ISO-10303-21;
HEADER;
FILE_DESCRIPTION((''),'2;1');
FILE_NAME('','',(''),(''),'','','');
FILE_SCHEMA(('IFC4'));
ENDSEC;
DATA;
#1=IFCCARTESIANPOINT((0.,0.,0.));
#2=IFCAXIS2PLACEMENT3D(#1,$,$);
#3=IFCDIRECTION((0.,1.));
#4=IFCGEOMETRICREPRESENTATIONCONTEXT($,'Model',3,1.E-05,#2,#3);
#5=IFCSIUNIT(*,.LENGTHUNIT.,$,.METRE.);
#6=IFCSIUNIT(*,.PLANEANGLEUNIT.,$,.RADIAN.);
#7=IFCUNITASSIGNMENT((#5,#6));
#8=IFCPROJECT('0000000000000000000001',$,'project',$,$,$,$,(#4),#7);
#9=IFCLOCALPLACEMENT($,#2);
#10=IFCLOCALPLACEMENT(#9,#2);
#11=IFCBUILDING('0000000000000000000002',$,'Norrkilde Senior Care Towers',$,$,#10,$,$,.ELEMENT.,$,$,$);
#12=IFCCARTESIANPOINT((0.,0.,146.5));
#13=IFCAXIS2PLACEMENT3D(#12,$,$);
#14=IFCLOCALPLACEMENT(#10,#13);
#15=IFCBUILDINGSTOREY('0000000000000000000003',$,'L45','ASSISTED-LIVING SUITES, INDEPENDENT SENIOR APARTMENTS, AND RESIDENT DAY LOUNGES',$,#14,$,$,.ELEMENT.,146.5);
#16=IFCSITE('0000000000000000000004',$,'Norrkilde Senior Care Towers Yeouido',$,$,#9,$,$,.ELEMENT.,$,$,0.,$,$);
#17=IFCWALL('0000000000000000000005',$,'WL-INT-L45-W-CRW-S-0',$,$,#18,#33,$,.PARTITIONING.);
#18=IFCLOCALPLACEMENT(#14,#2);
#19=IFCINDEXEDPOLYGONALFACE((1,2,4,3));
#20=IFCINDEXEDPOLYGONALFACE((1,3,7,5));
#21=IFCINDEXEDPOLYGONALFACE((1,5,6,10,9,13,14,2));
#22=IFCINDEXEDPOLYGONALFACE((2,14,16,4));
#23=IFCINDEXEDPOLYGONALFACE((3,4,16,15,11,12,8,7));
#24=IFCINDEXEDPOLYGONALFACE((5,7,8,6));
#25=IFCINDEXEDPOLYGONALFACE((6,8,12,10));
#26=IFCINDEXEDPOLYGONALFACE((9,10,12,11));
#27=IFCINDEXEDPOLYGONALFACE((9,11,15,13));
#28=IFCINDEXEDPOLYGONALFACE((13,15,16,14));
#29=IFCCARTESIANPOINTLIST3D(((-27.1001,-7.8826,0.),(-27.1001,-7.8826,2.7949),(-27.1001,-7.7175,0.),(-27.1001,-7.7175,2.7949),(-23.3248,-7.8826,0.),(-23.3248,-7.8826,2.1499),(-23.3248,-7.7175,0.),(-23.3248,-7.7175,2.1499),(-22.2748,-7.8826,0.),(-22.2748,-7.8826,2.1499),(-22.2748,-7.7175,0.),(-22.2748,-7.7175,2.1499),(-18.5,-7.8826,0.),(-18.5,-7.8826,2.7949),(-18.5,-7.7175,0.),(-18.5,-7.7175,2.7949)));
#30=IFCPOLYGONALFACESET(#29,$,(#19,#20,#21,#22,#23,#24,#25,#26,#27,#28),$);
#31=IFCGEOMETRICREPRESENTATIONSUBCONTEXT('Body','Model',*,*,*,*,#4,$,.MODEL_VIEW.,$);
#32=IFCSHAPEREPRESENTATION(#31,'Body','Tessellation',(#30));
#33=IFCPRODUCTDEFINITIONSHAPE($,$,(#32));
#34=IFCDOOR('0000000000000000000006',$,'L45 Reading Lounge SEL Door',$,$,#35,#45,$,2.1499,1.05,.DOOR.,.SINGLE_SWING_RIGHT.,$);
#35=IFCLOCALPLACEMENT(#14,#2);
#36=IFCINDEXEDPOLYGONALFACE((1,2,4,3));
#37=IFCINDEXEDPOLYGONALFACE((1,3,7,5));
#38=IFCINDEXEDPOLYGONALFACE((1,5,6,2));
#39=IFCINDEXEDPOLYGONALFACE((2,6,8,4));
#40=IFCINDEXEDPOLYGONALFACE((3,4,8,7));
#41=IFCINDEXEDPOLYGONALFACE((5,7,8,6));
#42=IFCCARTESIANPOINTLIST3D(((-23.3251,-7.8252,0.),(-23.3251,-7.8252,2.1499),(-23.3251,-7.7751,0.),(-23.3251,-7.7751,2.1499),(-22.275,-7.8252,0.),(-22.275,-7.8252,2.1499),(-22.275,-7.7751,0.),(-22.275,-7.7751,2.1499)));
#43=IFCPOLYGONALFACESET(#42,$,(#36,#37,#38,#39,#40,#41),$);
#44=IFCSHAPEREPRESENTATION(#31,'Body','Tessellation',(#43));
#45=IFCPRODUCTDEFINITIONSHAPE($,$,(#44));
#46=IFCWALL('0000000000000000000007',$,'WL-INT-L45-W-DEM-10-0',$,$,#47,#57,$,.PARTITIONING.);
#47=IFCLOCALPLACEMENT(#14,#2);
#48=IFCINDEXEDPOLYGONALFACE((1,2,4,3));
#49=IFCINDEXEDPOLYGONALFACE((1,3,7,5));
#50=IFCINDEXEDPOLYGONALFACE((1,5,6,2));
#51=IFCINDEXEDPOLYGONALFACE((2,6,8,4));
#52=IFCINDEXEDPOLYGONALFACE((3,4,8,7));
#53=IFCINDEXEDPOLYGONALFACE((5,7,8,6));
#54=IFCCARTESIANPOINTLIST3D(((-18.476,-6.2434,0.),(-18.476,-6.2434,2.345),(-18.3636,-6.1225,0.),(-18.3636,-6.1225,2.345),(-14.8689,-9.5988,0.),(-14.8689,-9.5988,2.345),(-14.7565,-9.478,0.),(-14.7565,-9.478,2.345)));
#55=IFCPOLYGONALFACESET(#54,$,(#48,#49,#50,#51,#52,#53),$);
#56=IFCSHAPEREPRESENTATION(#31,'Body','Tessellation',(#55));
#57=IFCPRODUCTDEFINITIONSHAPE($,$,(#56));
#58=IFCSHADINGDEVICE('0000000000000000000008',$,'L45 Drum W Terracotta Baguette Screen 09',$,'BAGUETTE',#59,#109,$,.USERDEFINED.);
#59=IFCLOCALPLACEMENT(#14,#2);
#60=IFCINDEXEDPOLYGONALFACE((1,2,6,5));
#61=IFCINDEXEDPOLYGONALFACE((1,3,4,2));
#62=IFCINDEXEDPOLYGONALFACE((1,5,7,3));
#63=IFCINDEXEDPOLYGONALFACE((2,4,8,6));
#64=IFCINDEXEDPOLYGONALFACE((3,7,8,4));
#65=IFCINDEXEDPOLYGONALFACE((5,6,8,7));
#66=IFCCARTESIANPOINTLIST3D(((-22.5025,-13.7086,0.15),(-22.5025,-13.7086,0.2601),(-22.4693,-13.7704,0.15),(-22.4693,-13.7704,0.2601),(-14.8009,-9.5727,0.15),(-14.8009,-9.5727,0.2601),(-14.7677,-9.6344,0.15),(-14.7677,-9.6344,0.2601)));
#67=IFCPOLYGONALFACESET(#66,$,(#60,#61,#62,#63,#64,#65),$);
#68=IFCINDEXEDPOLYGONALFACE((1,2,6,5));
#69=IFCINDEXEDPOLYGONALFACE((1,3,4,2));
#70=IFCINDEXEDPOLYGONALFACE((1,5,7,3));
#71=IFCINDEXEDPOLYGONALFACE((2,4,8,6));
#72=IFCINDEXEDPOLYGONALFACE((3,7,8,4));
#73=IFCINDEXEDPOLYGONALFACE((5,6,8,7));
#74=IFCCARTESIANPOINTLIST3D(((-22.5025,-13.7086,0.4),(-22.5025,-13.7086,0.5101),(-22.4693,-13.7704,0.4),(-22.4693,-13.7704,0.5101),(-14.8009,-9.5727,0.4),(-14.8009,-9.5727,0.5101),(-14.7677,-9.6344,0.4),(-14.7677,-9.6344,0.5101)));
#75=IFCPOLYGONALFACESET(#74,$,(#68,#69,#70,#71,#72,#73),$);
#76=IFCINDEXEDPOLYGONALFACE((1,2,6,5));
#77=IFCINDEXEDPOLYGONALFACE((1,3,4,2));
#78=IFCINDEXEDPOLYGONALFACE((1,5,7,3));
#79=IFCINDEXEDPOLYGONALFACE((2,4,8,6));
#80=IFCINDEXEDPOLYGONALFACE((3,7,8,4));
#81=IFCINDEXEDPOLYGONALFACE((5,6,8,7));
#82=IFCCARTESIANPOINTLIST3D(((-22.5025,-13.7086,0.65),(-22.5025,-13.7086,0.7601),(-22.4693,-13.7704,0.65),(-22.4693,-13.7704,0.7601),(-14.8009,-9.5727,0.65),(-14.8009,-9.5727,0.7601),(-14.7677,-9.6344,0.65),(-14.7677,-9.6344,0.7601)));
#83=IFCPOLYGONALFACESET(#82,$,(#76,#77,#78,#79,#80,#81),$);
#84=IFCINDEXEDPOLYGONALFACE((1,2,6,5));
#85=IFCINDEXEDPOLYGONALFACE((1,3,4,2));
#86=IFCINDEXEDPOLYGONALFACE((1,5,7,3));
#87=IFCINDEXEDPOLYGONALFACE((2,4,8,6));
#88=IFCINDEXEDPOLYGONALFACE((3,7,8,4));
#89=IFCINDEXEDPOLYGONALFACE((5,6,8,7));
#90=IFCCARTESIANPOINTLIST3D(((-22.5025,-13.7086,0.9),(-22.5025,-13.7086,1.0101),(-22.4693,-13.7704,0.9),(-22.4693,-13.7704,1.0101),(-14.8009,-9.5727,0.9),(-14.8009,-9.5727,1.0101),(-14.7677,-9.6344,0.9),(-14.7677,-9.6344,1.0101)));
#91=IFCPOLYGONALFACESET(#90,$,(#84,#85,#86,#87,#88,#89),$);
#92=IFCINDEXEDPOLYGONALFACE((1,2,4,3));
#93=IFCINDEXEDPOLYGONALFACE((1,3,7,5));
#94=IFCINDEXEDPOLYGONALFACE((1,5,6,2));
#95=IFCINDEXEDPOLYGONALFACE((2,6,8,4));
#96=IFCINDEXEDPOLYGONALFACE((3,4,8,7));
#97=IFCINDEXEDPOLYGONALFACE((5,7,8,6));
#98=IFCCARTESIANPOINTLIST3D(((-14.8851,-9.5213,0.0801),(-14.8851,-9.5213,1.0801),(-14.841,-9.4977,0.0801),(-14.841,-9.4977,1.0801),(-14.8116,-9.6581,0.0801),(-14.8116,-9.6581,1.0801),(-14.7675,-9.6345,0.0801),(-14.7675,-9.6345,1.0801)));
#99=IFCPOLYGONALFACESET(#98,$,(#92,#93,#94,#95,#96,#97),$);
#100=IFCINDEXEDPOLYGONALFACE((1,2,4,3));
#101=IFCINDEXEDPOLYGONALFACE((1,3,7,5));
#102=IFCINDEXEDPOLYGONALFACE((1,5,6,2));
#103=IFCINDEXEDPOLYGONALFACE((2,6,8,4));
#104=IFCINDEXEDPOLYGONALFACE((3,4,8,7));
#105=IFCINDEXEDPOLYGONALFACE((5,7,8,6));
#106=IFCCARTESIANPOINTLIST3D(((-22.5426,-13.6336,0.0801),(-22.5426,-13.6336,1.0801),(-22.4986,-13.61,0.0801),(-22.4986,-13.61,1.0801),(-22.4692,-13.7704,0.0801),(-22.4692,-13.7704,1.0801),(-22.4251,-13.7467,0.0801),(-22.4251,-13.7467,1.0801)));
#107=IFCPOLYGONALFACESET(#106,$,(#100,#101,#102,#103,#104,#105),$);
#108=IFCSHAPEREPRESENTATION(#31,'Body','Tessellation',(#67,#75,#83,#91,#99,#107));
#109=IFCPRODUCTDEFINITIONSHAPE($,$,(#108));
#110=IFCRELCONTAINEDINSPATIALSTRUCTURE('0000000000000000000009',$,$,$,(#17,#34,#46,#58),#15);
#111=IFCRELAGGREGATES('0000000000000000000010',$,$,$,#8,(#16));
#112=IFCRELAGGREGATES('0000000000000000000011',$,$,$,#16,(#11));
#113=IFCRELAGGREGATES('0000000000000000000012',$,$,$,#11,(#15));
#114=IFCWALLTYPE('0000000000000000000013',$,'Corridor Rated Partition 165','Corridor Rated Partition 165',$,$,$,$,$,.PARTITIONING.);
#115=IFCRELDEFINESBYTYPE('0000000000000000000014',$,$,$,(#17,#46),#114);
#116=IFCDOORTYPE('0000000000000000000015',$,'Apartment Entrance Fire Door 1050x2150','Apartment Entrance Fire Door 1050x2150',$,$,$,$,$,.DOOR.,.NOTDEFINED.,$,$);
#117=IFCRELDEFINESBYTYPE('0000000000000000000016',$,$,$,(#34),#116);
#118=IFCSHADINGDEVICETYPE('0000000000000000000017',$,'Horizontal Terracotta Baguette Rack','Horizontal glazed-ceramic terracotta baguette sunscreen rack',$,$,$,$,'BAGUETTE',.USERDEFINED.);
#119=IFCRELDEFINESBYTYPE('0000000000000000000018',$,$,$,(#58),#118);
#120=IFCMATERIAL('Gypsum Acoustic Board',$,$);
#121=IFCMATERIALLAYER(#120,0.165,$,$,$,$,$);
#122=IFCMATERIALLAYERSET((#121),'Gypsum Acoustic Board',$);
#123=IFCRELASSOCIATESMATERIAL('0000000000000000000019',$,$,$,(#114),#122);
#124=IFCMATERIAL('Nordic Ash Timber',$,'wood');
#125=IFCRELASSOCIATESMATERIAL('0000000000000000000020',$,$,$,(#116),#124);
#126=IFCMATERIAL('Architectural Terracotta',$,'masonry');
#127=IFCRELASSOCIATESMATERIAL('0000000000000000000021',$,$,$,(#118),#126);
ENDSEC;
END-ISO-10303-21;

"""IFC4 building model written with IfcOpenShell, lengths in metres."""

from ifc_helpers import new_model, si_unit, direction, frame, frame_2d, origin, origin_2d, place, context, subcontext, project, spatial, rectangle, extrude, source, transform, mapped, material, layer, layer_set, type_object, type_shapes, element, fill, save


model = new_model("IFC4")

# Units and contexts
model_context = context("Model", 3, precision=1e-05, world=origin(), true_north=direction((0.0, 1.0)))
body_context = subcontext(model_context, "Body", "Model", "MODEL_VIEW")
ifc_project = project(units=[si_unit("LENGTHUNIT", "METRE"), si_unit("PLANEANGLEUNIT", "RADIAN")], contexts=[model_context])

# Site, building, storey
site_placement = place(None, origin())
site = spatial("IfcSite", under=ifc_project, at=site_placement, Name="Norrkilde Senior Care Towers Yeouido", CompositionType="ELEMENT", RefElevation=0.0)
building_placement = place(site_placement, origin())
building = spatial("IfcBuilding", under=site, at=building_placement, Name="Norrkilde Senior Care Towers", CompositionType="ELEMENT")
storey_placement = place(building_placement, frame((0.0, 0.0, 146.5)))
storey = spatial("IfcBuildingStorey", under=building, at=storey_placement, Name="L45", Description="ASSISTED-LIVING SUITES, INDEPENDENT SENIOR APARTMENTS, AND RESIDENT DAY LOUNGES", CompositionType="ELEMENT", Elevation=146.5)

# Wall, opening, door
ifc_material_1 = material(Name="Gypsum Acoustic Board")
ifc_layer_1 = layer(ifc_material_1, 0.165)
ifc_layer_set_1 = layer_set([ifc_layer_1], Name="Gypsum Acoustic Board")
wall_type = type_object("IfcWallType", Name="Corridor Rated Partition 165", Description="Corridor Rated Partition 165", PredefinedType="PARTITIONING", material=ifc_layer_set_1)
shared_shape_1 = source(origin(), body_context, "Body", "SweptSolid", [
    extrude(rectangle(XDim=8.6001, YDim=0.165, at=frame_2d((4.3, 0.0))), origin(), (0.0, 0.0, 1.0), 2.7949),
])
wall_1_placement = place(storey_placement, frame((-18.5, -7.8, 0.0), z_axis=(0.0, 0.0, 1.0), x_axis=(-1.0, 0.0, 0.0)))
wall_1 = element("IfcWall", 1, at=wall_1_placement, inside=storey, type_object=wall_type, Name="WL-INT-L45-W-CRW-S-0", PredefinedType="PARTITIONING", context=body_context, shape_type="MappedRepresentation", body=[
    mapped(shared_shape_1, transform((0.0, 0.0, 0.0), x_axis=(1.0, 0.0, 0.0), y_axis=(0.0, 1.0, 0.0), z_axis=(0.0, 0.0, 1.0), scale=1.0)),
])
opening_placement = place(wall_1_placement, frame((3.7749, 0.0, 0.0)))
opening = element("IfcOpeningElement", 2, at=opening_placement, cuts=wall_1, PredefinedType="OPENING", context=body_context, shape_type="SweptSolid", body=[
    extrude(rectangle(XDim=1.05, YDim=2.1499, at=frame_2d((0.5249, 1.075))), frame((0.0, 0.0925, 0.0), z_axis=(0.0, -1.0, 0.0), x_axis=(1.0, 0.0, 0.0)), (0.0, 0.0, 1.0), 0.1851),
])
ifc_material_2 = material(Name="Nordic Ash Timber", Category="wood")
door_type = type_object("IfcDoorType", Name="Apartment Entrance Fire Door 1050x2150", Description="Apartment Entrance Fire Door 1050x2150", OperationType="NOTDEFINED", PredefinedType="DOOR", material=ifc_material_2)
shared_shape_2 = source(origin(), body_context, "Body", "SweptSolid", [
    extrude(rectangle(XDim=1.05, YDim=2.1499, at=frame_2d((0.5249, 1.075))), frame((0.0, 0.0249, 0.0), z_axis=(0.0, -1.0, 0.0), x_axis=(1.0, 0.0, 0.0)), (0.0, 0.0, 1.0), 0.05),
])
type_shapes(door_type, [shared_shape_2])
door_placement = place(opening_placement, frame((1.05, 0.0, 0.0), z_axis=(0.0, 0.0, 1.0), x_axis=(-1.0, 0.0, 0.0)))
door = element("IfcDoor", 3, at=door_placement, inside=storey, type_object=door_type, Name="L45 Reading Lounge SEL Door", OperationType="SINGLE_SWING_RIGHT", OverallHeight=2.1499, OverallWidth=1.05, PredefinedType="DOOR", context=body_context, shape_type="MappedRepresentation", body=[
    mapped(shared_shape_2, transform((0.0, 0.0, 0.0), x_axis=(1.0, 0.0, 0.0), y_axis=(0.0, 1.0, 0.0), z_axis=(0.0, 0.0, 1.0), scale=1.0)),
])
fill(opening, door)

# Wall
shared_shape_3 = source(origin(), body_context, "Body", "SweptSolid", [
    extrude(rectangle(XDim=4.9265, YDim=0.165, at=frame_2d((2.4634, 0.0))), origin(), (0.0, 0.0, 1.0), 2.345),
])
type_shapes(wall_type, [shared_shape_1, shared_shape_3])
wall_2_placement = place(storey_placement, frame((-18.4199, -6.1829, 0.0), z_axis=(0.0, 0.0, 1.0), x_axis=(0.732191, -0.681099, 0.0)))
element("IfcWall", 4, at=wall_2_placement, inside=storey, type_object=wall_type, Name="WL-INT-L45-W-DEM-10-0", PredefinedType="PARTITIONING", context=body_context, shape_type="MappedRepresentation", body=[
    mapped(shared_shape_3, transform((0.0, 0.0, 0.0), x_axis=(1.0, 0.0, 0.0), y_axis=(0.0, 1.0, 0.0), z_axis=(0.0, 0.0, 1.0), scale=1.0)),
])

# Shading device
ifc_material_3 = material(Name="Architectural Terracotta", Category="masonry")
shading_device_type = type_object("IfcShadingDeviceType", Name="Horizontal Terracotta Baguette Rack", Description="Horizontal glazed-ceramic terracotta baguette sunscreen rack", ElementType="BAGUETTE", PredefinedType="USERDEFINED", material=ifc_material_3)
shared_shape_4 = source(origin(), body_context, "Body", "SweptSolid", [
    extrude(rectangle(XDim=0.0701, YDim=0.1101, at=origin_2d()), frame((0.0, 0.0901, 0.125), z_axis=(1.0, 0.0, 0.0), x_axis=(0.0, 1.0, 0.0)), (0.0, 0.0, 1.0), 8.7419),
    extrude(rectangle(XDim=0.0701, YDim=0.1101, at=origin_2d()), frame((0.0, 0.0901, 0.375), z_axis=(1.0, 0.0, 0.0), x_axis=(0.0, 1.0, 0.0)), (0.0, 0.0, 1.0), 8.7419),
    extrude(rectangle(XDim=0.0701, YDim=0.1101, at=origin_2d()), frame((0.0, 0.0901, 0.625), z_axis=(1.0, 0.0, 0.0), x_axis=(0.0, 1.0, 0.0)), (0.0, 0.0, 1.0), 8.7419),
    extrude(rectangle(XDim=0.0701, YDim=0.1101, at=origin_2d()), frame((0.0, 0.0901, 0.875), z_axis=(1.0, 0.0, 0.0), x_axis=(0.0, 1.0, 0.0)), (0.0, 0.0, 1.0), 8.7419),
    extrude(rectangle(XDim=0.05, YDim=0.1553, at=origin_2d()), frame((0.0249, 0.0476, 0.0)), (0.0, 0.0, 1.0), 1.0),
    extrude(rectangle(XDim=0.05, YDim=0.1553, at=origin_2d()), frame((8.7168, 0.0476, 0.0)), (0.0, 0.0, 1.0), 1.0),
])
type_shapes(shading_device_type, [shared_shape_4])
shading_device_placement = place(storey_placement, frame((-14.8269, -9.5242, 0.0801), z_axis=(0.0, 0.0, 1.0), x_axis=(-0.881001, -0.47312, 0.0)))
element("IfcShadingDevice", 5, at=shading_device_placement, inside=storey, type_object=shading_device_type, Name="L45 Drum W Terracotta Baguette Screen 09", ObjectType="BAGUETTE", PredefinedType="USERDEFINED", context=body_context, shape_type="MappedRepresentation", body=[
    mapped(shared_shape_4, transform((0.0, 0.0, 0.0), x_axis=(1.0, 0.0, 0.0), y_axis=(0.0, 1.0, 0.0), z_axis=(0.0, 0.0, 1.0), scale=1.0)),
])

save(model, "model.ifc")
